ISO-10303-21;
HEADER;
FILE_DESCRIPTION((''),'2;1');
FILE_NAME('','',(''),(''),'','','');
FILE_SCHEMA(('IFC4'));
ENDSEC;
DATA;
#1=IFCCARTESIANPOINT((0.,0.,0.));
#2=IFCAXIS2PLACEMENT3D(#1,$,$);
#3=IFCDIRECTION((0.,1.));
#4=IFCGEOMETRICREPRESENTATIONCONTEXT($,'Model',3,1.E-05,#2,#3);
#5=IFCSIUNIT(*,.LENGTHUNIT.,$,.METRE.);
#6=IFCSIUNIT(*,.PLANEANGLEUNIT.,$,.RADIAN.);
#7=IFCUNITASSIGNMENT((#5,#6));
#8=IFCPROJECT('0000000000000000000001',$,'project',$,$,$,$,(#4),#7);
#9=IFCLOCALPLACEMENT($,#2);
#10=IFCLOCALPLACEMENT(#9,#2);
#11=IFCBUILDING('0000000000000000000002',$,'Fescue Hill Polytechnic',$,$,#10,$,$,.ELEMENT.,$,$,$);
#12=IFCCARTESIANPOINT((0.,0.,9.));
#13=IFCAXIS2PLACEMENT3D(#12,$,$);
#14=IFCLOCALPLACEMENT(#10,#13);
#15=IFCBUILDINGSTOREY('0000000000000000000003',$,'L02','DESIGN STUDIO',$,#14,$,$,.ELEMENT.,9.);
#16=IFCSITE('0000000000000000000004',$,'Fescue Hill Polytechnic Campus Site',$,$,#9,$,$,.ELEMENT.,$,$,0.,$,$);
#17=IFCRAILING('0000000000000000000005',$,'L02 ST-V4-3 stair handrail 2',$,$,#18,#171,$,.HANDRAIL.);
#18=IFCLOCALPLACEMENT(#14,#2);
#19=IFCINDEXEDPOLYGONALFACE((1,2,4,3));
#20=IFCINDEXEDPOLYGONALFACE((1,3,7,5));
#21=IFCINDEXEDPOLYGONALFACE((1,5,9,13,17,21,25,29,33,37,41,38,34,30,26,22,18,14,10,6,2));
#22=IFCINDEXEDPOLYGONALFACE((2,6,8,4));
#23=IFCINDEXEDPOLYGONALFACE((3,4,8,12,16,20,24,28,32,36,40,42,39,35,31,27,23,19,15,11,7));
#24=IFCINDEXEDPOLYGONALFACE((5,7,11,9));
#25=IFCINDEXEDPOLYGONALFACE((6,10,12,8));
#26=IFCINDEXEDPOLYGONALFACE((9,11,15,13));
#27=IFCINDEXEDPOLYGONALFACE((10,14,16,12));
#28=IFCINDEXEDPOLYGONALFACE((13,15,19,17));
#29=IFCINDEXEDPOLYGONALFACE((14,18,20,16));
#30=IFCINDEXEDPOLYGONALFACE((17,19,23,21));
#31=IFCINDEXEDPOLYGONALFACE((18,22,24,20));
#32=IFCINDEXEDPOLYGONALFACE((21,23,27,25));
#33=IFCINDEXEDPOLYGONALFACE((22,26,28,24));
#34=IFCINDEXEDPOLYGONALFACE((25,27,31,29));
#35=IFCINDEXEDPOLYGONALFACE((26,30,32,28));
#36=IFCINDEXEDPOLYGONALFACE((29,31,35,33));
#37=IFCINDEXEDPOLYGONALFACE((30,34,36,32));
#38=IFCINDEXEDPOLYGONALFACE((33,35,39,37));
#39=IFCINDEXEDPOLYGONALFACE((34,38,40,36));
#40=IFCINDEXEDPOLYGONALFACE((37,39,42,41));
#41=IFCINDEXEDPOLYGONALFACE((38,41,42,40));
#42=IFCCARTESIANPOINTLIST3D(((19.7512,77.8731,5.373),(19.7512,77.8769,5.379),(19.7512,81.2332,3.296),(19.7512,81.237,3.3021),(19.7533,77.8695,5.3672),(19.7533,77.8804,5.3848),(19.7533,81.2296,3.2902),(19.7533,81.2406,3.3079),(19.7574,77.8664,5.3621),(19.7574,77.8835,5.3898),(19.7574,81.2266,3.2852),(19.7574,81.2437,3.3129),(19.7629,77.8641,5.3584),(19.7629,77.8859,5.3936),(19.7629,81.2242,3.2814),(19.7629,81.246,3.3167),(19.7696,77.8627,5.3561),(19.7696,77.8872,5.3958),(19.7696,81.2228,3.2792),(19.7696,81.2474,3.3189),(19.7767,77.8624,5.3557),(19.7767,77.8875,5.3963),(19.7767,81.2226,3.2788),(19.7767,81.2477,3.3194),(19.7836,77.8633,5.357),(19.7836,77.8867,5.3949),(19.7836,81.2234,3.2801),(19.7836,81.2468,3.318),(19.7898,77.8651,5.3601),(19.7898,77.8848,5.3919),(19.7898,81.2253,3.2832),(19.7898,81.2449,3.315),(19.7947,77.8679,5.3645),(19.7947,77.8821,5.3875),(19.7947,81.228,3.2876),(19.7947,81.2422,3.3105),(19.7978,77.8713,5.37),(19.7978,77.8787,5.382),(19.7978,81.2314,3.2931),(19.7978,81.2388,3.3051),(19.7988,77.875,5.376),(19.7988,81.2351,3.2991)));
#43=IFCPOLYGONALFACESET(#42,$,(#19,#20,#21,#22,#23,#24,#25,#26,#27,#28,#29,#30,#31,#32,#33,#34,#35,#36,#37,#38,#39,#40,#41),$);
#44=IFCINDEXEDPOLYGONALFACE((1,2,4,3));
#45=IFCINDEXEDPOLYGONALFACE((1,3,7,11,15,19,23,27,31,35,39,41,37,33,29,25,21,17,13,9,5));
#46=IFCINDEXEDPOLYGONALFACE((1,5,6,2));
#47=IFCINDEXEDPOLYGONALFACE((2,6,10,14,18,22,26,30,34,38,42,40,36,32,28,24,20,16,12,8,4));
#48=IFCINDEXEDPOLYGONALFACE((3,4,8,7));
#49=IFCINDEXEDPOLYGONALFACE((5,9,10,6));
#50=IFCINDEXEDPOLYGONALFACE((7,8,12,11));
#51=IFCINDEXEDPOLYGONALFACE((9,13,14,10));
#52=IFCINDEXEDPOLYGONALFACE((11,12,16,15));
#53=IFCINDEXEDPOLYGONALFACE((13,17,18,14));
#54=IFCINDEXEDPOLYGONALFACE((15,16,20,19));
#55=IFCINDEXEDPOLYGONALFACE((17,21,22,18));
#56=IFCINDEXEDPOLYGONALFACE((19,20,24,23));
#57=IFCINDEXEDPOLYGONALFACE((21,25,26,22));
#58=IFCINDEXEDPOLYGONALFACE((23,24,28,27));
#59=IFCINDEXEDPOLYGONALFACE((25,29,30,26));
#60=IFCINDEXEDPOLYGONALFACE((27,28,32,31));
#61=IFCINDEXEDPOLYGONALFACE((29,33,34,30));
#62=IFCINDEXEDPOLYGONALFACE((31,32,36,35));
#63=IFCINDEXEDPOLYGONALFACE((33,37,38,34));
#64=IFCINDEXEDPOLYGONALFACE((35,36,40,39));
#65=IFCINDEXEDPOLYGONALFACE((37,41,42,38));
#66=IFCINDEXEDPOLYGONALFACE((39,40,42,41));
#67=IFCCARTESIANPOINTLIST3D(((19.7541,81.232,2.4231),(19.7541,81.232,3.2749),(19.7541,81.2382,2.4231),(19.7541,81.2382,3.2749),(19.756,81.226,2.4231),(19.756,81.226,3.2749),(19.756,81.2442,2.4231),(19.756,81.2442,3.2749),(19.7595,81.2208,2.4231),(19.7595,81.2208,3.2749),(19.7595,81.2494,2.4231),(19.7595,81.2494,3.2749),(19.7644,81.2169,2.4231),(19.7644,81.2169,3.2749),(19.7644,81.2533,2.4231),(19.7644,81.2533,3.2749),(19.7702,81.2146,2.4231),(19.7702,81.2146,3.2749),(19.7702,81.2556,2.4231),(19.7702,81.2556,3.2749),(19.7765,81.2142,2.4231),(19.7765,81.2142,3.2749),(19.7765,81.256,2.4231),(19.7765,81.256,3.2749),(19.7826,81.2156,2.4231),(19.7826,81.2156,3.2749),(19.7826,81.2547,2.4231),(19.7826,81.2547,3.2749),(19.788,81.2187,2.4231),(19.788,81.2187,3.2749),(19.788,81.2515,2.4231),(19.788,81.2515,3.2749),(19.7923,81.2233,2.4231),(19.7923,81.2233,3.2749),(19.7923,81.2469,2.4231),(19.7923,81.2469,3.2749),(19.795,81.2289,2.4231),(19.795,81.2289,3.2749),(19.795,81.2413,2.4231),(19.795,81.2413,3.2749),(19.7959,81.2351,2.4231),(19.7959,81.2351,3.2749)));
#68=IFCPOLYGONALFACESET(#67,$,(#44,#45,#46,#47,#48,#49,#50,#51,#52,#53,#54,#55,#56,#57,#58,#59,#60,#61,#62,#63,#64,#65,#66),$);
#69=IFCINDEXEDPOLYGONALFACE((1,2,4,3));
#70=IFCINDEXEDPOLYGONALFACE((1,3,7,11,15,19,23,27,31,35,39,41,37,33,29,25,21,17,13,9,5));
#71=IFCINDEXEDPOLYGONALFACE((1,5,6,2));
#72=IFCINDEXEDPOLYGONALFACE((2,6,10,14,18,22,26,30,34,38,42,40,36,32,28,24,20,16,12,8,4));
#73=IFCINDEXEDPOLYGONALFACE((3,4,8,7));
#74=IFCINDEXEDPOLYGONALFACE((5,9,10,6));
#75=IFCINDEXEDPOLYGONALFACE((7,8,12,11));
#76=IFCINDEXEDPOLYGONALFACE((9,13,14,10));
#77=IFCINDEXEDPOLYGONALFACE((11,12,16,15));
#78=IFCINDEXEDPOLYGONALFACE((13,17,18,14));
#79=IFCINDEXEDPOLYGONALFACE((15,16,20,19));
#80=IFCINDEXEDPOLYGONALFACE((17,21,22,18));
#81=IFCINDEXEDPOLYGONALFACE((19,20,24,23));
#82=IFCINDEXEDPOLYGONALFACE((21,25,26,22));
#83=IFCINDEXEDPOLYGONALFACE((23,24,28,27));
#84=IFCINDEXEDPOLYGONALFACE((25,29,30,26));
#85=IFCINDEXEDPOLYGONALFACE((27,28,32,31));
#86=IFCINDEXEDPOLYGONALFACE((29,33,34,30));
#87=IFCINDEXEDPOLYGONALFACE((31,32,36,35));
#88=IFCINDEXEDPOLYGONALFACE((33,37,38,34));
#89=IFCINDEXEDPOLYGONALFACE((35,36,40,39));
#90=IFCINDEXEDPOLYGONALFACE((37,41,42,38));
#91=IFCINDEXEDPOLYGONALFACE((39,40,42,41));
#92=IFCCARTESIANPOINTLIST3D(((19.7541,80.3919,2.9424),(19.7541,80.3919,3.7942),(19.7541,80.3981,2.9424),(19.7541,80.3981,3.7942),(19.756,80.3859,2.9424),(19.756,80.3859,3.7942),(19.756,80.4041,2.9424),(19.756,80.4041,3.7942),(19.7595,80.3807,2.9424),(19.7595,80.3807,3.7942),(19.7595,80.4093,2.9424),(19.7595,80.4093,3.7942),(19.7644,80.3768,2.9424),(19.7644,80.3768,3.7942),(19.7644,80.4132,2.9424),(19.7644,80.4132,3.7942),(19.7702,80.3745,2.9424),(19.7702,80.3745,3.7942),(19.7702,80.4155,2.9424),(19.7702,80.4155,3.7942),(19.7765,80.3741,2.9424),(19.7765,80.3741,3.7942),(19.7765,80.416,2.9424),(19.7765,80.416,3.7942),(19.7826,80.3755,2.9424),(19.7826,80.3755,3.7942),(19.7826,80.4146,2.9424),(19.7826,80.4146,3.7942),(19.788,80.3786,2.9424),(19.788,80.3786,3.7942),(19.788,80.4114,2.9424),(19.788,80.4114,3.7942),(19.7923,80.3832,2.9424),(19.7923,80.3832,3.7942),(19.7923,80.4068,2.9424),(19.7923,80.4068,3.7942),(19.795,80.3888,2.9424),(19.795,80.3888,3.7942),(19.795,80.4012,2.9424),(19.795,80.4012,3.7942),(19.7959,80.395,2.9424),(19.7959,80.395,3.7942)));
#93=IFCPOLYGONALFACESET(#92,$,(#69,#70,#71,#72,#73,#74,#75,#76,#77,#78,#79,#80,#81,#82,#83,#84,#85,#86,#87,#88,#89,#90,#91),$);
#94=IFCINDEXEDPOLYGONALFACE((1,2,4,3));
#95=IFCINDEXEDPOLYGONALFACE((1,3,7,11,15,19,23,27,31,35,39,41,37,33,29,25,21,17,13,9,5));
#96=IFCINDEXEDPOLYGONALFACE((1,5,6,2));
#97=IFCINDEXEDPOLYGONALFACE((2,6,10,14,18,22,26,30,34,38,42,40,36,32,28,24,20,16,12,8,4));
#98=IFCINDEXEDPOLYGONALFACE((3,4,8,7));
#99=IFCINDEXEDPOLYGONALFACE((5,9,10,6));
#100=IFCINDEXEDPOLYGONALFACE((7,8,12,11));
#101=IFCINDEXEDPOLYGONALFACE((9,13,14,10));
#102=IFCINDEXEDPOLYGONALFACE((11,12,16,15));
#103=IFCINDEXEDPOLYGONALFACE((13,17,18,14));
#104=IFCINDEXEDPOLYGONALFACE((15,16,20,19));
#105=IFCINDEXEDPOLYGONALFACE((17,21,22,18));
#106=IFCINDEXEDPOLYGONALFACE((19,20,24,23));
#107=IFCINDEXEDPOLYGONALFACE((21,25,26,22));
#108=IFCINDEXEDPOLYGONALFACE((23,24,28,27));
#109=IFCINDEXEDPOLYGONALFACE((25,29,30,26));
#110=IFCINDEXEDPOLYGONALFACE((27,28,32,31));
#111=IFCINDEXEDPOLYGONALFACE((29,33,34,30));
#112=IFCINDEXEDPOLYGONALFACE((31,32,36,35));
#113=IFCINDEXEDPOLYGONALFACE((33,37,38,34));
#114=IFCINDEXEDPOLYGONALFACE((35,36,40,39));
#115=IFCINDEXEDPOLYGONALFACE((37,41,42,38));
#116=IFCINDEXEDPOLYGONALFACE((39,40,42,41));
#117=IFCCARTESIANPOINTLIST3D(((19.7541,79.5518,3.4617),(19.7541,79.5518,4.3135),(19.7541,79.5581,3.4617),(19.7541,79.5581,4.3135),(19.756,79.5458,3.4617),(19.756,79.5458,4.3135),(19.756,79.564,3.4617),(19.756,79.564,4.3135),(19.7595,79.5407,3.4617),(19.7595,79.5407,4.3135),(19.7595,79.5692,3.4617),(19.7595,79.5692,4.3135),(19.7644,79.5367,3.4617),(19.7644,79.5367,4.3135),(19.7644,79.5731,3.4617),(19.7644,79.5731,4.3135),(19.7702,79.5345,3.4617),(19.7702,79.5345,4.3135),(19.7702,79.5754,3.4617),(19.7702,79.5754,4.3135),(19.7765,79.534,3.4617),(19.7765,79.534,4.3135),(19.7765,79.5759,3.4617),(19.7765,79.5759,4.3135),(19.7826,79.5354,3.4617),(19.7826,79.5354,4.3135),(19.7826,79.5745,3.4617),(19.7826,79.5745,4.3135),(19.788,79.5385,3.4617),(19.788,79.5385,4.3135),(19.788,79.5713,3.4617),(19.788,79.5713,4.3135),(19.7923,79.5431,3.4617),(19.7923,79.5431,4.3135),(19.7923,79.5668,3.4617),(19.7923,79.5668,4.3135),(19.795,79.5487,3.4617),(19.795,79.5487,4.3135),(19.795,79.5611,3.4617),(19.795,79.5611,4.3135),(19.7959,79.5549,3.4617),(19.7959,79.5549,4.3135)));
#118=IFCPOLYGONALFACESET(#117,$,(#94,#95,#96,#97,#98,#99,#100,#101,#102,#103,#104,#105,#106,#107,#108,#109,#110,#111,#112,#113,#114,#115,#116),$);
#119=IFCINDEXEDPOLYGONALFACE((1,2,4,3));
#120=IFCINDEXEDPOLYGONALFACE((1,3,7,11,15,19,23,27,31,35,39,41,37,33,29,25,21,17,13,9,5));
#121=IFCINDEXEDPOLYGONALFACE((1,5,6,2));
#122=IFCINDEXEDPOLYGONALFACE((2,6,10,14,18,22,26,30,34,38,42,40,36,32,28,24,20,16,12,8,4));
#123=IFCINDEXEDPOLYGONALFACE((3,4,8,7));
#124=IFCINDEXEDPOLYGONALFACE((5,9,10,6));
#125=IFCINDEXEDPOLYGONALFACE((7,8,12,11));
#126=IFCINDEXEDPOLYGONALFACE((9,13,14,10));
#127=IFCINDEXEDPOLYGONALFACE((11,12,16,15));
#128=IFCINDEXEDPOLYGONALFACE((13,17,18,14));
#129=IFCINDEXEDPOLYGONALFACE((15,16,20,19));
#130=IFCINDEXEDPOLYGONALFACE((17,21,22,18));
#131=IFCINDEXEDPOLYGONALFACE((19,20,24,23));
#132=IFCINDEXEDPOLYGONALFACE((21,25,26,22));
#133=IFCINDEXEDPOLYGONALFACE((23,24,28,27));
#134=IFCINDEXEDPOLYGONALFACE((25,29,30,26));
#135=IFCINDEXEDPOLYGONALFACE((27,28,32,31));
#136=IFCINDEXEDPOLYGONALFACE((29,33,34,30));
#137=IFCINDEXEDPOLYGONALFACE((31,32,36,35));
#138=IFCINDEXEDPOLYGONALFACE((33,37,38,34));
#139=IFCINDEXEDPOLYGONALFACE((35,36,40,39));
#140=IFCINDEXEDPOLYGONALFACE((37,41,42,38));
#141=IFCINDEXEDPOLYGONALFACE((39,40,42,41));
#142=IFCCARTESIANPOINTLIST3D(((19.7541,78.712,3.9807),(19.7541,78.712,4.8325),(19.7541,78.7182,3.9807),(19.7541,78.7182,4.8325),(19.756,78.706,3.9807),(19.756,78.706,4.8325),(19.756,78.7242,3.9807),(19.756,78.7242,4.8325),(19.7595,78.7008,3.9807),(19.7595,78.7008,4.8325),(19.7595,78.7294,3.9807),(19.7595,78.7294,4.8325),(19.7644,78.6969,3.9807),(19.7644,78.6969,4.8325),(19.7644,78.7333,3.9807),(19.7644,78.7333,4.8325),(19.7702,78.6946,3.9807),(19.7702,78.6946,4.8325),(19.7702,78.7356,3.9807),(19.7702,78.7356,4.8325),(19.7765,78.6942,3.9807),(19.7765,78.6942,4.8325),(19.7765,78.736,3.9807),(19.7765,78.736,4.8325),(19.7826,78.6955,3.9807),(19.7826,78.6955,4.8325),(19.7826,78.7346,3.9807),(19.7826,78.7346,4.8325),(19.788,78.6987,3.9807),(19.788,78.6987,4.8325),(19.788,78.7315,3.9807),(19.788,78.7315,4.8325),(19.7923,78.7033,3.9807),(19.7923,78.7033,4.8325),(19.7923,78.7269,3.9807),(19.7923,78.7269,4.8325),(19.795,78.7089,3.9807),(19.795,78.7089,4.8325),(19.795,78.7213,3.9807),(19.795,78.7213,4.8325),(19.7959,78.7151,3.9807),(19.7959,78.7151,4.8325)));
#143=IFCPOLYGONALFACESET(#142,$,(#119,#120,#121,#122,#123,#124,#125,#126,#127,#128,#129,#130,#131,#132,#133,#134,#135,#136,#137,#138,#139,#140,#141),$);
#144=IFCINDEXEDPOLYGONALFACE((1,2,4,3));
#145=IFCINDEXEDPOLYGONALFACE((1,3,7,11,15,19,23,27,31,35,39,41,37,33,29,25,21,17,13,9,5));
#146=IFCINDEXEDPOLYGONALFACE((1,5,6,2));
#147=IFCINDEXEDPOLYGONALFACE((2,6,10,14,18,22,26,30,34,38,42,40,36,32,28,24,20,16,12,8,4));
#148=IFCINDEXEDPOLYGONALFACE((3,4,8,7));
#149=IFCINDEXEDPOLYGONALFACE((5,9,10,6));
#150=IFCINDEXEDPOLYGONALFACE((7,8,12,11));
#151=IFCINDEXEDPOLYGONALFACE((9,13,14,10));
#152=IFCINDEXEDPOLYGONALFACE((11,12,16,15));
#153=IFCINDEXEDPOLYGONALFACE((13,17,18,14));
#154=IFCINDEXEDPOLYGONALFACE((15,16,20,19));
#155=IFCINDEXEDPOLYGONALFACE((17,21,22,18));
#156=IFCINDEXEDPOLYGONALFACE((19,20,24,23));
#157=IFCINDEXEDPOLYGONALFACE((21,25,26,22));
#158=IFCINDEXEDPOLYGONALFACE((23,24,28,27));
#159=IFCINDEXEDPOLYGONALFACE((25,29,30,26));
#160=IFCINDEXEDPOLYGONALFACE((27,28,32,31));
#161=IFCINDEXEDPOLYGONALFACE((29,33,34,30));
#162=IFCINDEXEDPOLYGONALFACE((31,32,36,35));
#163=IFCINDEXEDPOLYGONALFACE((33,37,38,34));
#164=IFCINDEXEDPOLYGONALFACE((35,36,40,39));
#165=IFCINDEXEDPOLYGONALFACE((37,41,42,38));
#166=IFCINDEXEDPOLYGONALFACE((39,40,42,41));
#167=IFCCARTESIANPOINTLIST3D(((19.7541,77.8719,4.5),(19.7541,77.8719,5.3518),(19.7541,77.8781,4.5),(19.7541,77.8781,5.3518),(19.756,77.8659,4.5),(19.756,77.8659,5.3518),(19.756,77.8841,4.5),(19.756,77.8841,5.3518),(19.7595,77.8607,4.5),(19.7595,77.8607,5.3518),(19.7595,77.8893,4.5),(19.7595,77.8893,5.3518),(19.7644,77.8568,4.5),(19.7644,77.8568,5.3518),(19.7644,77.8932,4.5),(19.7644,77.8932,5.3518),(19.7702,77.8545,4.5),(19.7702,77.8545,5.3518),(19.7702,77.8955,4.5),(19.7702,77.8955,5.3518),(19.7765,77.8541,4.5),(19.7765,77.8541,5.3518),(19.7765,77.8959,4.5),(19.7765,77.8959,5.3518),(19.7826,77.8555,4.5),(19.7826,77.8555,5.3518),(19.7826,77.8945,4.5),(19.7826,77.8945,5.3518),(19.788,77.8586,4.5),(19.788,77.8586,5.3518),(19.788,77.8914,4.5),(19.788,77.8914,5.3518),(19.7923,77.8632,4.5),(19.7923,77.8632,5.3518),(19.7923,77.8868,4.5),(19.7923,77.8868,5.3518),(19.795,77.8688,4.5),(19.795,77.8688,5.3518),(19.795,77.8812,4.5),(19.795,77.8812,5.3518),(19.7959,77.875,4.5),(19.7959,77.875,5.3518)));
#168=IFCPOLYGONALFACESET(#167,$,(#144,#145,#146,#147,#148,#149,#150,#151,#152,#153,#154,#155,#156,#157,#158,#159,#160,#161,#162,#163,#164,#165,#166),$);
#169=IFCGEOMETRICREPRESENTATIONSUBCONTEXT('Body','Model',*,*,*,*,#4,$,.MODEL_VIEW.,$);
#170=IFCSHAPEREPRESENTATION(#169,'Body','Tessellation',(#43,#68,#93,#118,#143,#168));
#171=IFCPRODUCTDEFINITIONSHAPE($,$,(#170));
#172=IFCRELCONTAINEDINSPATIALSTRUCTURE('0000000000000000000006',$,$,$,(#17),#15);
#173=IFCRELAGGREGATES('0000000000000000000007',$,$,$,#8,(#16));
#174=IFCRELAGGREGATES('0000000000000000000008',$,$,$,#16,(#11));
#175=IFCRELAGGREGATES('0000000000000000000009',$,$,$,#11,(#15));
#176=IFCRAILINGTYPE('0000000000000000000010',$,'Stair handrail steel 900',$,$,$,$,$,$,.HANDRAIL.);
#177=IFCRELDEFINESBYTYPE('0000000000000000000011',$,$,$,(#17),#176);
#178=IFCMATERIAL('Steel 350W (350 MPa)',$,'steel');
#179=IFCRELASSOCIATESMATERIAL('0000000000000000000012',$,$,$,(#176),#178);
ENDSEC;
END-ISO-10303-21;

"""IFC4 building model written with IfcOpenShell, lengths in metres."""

from ifc_helpers import new_model, si_unit, direction, frame, origin, origin_2d, place, context, subcontext, project, spatial, circle, extrude, material, type_object, element, save


model = new_model("IFC4")

# Units and contexts
model_context = context("Model", 3, precision=1e-05, world=origin(), true_north=direction((0.0, 1.0)))
body_context = subcontext(model_context, "Body", "Model", "MODEL_VIEW")
ifc_project = project(units=[si_unit("LENGTHUNIT", "METRE"), si_unit("PLANEANGLEUNIT", "RADIAN")], contexts=[model_context])

# Site, building, storey
site_placement = place(None, origin())
site = spatial("IfcSite", under=ifc_project, at=site_placement, Name="Fescue Hill Polytechnic Campus Site", CompositionType="ELEMENT", RefElevation=0.0)
building_placement = place(site_placement, origin())
building = spatial("IfcBuilding", under=site, at=building_placement, Name="Fescue Hill Polytechnic", CompositionType="ELEMENT")
storey_placement = place(building_placement, frame((0.0, 0.0, 9.0)))
storey = spatial("IfcBuildingStorey", under=building, at=storey_placement, Name="L02", Description="DESIGN STUDIO", CompositionType="ELEMENT", Elevation=9.0)

# Railing
ifc_material_1 = material(Name="Steel 350W (350 MPa)", Category="steel")
railing_type_1 = type_object("IfcRailingType", Name="Stair handrail steel 900", PredefinedType="HANDRAIL", material=ifc_material_1)
railing_1_placement = place(storey_placement, frame((19.7749, 81.2351, 2.4231)))
element("IfcRailing", 1, at=railing_1_placement, inside=storey, type_object=railing_type_1, Name="L02 ST-V4-3 stair handrail 2", PredefinedType="HANDRAIL", context=body_context, shape_type="SweptSolid", body=[
    extrude(circle(Radius=0.0239, at=origin_2d()), frame((0.0, 0.0, 0.876), z_axis=(0.0, -0.850623, 0.525776), x_axis=(1.0, 0.0, 0.0)), (0.0, 0.0, 1.0), 3.9502),
    extrude(circle(Radius=0.021, at=origin_2d()), origin(), (0.0, 0.0, 1.0), 0.8518),
    extrude(circle(Radius=0.021, at=origin_2d()), frame((0.0, -0.8401, 0.5193)), (0.0, 0.0, 1.0), 0.8518),
    extrude(circle(Radius=0.021, at=origin_2d()), frame((0.0, -1.6802, 1.0386)), (0.0, 0.0, 1.0), 0.8518),
    extrude(circle(Radius=0.021, at=origin_2d()), frame((0.0, -2.52, 1.5576)), (0.0, 0.0, 1.0), 0.8518),
    extrude(circle(Radius=0.021, at=origin_2d()), frame((0.0, -3.3601, 2.0769)), (0.0, 0.0, 1.0), 0.8518),
])

save(model, "model.ifc")
